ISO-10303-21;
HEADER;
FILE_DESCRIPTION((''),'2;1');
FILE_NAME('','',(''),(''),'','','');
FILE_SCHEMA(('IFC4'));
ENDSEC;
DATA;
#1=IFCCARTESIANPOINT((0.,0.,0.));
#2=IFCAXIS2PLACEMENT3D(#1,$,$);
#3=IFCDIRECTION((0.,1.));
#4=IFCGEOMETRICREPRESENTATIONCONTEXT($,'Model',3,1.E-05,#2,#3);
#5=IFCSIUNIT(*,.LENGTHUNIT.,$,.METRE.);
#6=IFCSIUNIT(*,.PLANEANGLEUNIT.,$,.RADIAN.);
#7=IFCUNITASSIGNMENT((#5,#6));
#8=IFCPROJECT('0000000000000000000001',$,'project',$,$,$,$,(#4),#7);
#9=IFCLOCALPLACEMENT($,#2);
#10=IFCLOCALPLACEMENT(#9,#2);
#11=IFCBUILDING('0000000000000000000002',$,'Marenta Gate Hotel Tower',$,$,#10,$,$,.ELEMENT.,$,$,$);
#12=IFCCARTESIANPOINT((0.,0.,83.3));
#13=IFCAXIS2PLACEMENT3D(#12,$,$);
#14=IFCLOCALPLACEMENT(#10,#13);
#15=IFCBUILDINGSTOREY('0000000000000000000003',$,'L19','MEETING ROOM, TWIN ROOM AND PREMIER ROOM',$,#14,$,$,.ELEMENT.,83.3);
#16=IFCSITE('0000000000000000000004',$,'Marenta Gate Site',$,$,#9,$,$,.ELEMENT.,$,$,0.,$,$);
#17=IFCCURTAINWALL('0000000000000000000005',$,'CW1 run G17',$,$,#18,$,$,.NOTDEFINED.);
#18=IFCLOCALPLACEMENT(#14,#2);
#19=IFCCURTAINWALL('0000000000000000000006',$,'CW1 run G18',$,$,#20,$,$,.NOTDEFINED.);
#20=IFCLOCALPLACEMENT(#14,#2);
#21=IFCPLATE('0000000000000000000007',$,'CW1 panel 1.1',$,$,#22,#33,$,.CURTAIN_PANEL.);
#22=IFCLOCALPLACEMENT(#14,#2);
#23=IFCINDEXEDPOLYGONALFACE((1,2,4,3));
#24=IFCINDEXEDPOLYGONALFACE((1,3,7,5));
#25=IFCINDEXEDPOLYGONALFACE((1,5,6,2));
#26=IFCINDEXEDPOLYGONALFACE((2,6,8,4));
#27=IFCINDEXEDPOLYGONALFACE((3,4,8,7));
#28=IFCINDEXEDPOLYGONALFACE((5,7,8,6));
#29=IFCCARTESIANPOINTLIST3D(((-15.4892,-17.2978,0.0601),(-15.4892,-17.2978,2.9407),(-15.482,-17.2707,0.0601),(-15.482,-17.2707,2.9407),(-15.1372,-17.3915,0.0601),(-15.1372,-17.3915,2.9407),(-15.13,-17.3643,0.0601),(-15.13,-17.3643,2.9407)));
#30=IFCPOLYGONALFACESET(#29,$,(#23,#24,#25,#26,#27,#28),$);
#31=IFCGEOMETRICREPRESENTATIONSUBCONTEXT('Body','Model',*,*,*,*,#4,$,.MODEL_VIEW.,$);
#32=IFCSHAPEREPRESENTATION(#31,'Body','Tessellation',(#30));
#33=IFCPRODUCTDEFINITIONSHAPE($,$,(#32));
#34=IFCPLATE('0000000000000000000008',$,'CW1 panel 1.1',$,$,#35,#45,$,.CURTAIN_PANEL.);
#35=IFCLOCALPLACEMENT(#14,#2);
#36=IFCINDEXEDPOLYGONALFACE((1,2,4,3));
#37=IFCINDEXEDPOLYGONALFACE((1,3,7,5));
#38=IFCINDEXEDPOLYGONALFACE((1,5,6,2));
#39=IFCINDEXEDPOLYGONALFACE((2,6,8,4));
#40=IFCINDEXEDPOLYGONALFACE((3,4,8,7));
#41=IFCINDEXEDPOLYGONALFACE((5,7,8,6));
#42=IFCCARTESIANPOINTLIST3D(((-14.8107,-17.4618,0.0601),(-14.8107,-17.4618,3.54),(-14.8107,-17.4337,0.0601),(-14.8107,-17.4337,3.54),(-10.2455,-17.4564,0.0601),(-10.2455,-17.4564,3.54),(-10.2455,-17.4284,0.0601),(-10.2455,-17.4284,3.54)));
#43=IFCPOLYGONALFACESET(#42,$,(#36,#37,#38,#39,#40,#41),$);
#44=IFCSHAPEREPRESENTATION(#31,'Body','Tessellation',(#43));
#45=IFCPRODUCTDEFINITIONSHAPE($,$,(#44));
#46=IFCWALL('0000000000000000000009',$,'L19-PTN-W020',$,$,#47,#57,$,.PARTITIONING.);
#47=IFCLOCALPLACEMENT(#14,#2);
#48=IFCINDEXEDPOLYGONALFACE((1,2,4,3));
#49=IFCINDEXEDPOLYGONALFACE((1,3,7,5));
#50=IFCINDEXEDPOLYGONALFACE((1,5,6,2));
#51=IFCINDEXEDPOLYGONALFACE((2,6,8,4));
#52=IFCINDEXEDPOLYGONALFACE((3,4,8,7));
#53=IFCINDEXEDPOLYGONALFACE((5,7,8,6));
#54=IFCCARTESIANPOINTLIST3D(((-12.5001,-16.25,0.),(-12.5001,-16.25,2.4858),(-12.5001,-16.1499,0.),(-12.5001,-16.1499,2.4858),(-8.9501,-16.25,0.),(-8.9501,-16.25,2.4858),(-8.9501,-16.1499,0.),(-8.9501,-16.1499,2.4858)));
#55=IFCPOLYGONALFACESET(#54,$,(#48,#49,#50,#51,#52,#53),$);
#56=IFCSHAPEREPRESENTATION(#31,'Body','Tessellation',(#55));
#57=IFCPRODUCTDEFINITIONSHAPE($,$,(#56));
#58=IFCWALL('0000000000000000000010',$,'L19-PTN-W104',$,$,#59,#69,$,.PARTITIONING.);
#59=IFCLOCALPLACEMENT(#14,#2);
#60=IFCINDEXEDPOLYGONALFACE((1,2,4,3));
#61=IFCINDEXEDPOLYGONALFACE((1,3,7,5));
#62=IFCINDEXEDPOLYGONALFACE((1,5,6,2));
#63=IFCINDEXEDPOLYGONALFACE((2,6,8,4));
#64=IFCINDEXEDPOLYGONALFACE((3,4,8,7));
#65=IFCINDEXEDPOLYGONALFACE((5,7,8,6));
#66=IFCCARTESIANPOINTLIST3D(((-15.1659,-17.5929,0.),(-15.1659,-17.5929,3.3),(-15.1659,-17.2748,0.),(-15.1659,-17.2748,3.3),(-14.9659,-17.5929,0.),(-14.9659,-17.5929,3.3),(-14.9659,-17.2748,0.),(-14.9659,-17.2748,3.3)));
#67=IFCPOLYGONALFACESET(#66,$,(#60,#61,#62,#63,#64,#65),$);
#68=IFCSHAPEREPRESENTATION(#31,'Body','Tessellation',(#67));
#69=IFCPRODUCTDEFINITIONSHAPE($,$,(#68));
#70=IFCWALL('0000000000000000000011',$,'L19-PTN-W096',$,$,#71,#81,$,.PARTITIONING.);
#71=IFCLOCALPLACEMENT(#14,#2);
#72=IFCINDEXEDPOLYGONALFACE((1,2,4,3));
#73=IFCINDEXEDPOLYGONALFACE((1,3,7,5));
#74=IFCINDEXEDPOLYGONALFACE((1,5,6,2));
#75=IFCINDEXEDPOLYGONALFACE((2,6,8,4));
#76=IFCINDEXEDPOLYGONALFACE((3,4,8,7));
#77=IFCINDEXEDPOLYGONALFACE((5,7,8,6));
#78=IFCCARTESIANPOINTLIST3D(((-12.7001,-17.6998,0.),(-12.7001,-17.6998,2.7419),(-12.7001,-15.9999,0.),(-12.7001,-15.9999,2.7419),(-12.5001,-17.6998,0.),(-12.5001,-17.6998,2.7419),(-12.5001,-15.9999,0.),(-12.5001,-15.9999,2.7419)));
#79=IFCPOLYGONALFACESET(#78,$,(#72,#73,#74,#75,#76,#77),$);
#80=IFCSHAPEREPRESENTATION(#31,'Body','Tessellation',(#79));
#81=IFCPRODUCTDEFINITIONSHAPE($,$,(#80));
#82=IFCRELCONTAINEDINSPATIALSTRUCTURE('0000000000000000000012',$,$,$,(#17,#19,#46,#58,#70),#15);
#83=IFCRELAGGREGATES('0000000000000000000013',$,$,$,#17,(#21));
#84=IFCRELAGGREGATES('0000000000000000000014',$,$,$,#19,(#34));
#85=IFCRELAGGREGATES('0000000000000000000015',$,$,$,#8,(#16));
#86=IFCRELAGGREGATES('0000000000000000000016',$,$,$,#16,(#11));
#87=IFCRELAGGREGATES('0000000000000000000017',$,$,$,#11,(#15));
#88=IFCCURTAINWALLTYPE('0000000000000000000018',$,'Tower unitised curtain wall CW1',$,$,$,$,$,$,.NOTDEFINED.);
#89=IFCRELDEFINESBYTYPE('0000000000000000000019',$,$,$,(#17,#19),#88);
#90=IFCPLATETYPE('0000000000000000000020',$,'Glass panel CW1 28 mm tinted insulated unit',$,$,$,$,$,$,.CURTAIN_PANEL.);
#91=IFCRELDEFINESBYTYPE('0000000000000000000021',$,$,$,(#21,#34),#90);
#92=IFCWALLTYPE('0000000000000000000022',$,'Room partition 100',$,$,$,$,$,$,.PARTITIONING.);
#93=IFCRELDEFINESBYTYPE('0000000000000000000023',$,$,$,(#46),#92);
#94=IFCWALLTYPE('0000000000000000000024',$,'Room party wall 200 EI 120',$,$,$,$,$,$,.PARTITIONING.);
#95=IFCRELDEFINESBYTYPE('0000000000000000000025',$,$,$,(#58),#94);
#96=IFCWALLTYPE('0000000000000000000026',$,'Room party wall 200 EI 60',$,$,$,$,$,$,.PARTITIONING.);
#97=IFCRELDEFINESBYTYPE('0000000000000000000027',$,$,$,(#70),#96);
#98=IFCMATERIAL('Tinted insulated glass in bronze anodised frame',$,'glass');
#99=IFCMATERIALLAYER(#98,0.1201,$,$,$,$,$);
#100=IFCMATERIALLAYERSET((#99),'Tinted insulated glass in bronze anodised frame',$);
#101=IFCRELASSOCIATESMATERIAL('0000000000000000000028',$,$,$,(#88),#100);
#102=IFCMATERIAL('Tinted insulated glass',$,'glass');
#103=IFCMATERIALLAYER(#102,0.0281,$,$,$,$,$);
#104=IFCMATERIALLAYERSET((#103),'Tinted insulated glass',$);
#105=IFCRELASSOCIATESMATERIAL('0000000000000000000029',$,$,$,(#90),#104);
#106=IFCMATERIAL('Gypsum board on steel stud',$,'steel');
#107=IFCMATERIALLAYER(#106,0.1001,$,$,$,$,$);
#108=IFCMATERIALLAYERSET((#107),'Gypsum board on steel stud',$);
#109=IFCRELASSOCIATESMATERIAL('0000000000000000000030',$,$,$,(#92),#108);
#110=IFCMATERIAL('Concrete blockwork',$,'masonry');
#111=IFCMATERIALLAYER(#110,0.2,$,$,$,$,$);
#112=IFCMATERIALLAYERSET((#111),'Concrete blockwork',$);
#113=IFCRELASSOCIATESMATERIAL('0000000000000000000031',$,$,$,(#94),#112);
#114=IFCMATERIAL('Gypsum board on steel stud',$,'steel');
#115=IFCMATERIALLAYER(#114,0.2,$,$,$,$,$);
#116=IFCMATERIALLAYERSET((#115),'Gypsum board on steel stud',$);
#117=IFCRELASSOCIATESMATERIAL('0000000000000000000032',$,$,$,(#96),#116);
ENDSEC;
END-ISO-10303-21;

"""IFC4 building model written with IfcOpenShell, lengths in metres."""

from ifc_helpers import new_model, si_unit, direction, frame, frame_2d, origin, origin_2d, place, context, subcontext, project, spatial, rectangle, extrude, material, layer, layer_set, type_object, element, aggregate, save


model = new_model("IFC4")

# Units and contexts
model_context = context("Model", 3, precision=1e-05, world=origin(), true_north=direction((0.0, 1.0)))
body_context = subcontext(model_context, "Body", "Model", "MODEL_VIEW")
ifc_project = project(units=[si_unit("LENGTHUNIT", "METRE"), si_unit("PLANEANGLEUNIT", "RADIAN")], contexts=[model_context])

# Site, building, storey
site_placement = place(None, origin())
site = spatial("IfcSite", under=ifc_project, at=site_placement, Name="Marenta Gate Site", CompositionType="ELEMENT", RefElevation=0.0)
building_placement = place(site_placement, origin())
building = spatial("IfcBuilding", under=site, at=building_placement, Name="Marenta Gate Hotel Tower", CompositionType="ELEMENT")
storey_placement = place(building_placement, frame((0.0, 0.0, 83.3)))
storey = spatial("IfcBuildingStorey", under=building, at=storey_placement, Name="L19", Description="MEETING ROOM, TWIN ROOM AND PREMIER ROOM", CompositionType="ELEMENT", Elevation=83.3)

# Curtain wall
ifc_material_1 = material(Name="Tinted insulated glass in bronze anodised frame", Category="glass")
ifc_layer_1 = layer(ifc_material_1, 0.1201)
ifc_layer_set_1 = layer_set([ifc_layer_1], Name="Tinted insulated glass in bronze anodised frame")
curtain_wall_type = type_object("IfcCurtainWallType", Name="Tower unitised curtain wall CW1", PredefinedType="NOTDEFINED", material=ifc_layer_set_1)
curtain_wall_1_placement = place(storey_placement, origin())
curtain_wall_1 = element("IfcCurtainWall", 1, at=curtain_wall_1_placement, inside=storey, type_object=curtain_wall_type, Name="CW1 run G17", PredefinedType="NOTDEFINED")

# Curtain wall
curtain_wall_2_placement = place(storey_placement, origin())
curtain_wall_2 = element("IfcCurtainWall", 2, at=curtain_wall_2_placement, inside=storey, type_object=curtain_wall_type, Name="CW1 run G18", PredefinedType="NOTDEFINED")

# Plates
ifc_material_2 = material(Name="Tinted insulated glass", Category="glass")
ifc_layer_2 = layer(ifc_material_2, 0.0281)
ifc_layer_set_2 = layer_set([ifc_layer_2], Name="Tinted insulated glass")
plate_type = type_object("IfcPlateType", Name="Glass panel CW1 28 mm tinted insulated unit", PredefinedType="CURTAIN_PANEL", material=ifc_layer_set_2)
plate_1_placement = place(storey_placement, frame((-15.3096, -17.3311, 0.0601), z_axis=(0.0, 0.0, 1.0), x_axis=(0.966375, -0.257136, 0.0)))
plate_1 = element("IfcPlate", 3, at=plate_1_placement, type_object=plate_type, Name="CW1 panel 1.1", PredefinedType="CURTAIN_PANEL", context=body_context, shape_type="SweptSolid", body=[
    extrude(rectangle(XDim=0.3643, YDim=0.0281, at=origin_2d()), origin(), (0.0, 0.0, 1.0), 2.8806),
])
aggregate(curtain_wall_1, [plate_1])
plate_2_placement = place(storey_placement, frame((-12.5281, -17.4451, 0.0601), z_axis=(0.0, 0.0, 1.0), x_axis=(0.999999, 0.001168, 0.0)))
plate_2 = element("IfcPlate", 4, at=plate_2_placement, type_object=plate_type, Name="CW1 panel 1.1", PredefinedType="CURTAIN_PANEL", context=body_context, shape_type="SweptSolid", body=[
    extrude(rectangle(XDim=4.5652, YDim=0.0281, at=origin_2d()), origin(), (0.0, 0.0, 1.0), 3.48),
])
aggregate(curtain_wall_2, [plate_2])

# Walls
ifc_material_3 = material(Name="Gypsum board on steel stud", Category="steel")
ifc_layer_3 = layer(ifc_material_3, 0.1001)
ifc_layer_set_3 = layer_set([ifc_layer_3], Name="Gypsum board on steel stud")
wall_type_1 = type_object("IfcWallType", Name="Room partition 100", PredefinedType="PARTITIONING", material=ifc_layer_set_3)
wall_1_placement = place(storey_placement, frame((-12.5, -16.2, 0.0), z_axis=(0.0, 0.0, 1.0), x_axis=(1.0, 0.0, 0.0)))
element("IfcWall", 5, at=wall_1_placement, inside=storey, type_object=wall_type_1, Name="L19-PTN-W020", PredefinedType="PARTITIONING", context=body_context, shape_type="SweptSolid", body=[
    extrude(rectangle(XDim=3.55, YDim=0.1001, at=frame_2d((1.7749, 0.0))), origin(), (0.0, 0.0, 1.0), 2.4858),
])
ifc_material_4 = material(Name="Concrete blockwork", Category="masonry")
ifc_layer_4 = layer(ifc_material_4, 0.2)
ifc_layer_set_4 = layer_set([ifc_layer_4], Name="Concrete blockwork")
wall_type_2 = type_object("IfcWallType", Name="Room party wall 200 EI 120", PredefinedType="PARTITIONING", material=ifc_layer_set_4)
wall_2_placement = place(storey_placement, frame((-15.0659, -17.593, 0.0), z_axis=(0.0, 0.0, 1.0), x_axis=(0.0, 1.0, 0.0)))
element("IfcWall", 6, at=wall_2_placement, inside=storey, type_object=wall_type_2, Name="L19-PTN-W104", PredefinedType="PARTITIONING", context=body_context, shape_type="SweptSolid", body=[
    extrude(rectangle(XDim=0.3181, YDim=0.2, at=frame_2d((0.1592, 0.0))), origin(), (0.0, 0.0, 1.0), 3.3),
])
ifc_material_5 = material(Name="Gypsum board on steel stud", Category="steel")
ifc_layer_5 = layer(ifc_material_5, 0.2)
ifc_layer_set_5 = layer_set([ifc_layer_5], Name="Gypsum board on steel stud")
wall_type_3 = type_object("IfcWallType", Name="Room party wall 200 EI 60", PredefinedType="PARTITIONING", material=ifc_layer_set_5)
wall_3_placement = place(storey_placement, frame((-12.6001, -17.7, 0.0), z_axis=(0.0, 0.0, 1.0), x_axis=(0.0, 1.0, 0.0)))
element("IfcWall", 7, at=wall_3_placement, inside=storey, type_object=wall_type_3, Name="L19-PTN-W096", PredefinedType="PARTITIONING", context=body_context, shape_type="SweptSolid", body=[
    extrude(rectangle(XDim=1.7, YDim=0.2, at=frame_2d((0.8501, 0.0))), origin(), (0.0, 0.0, 1.0), 2.7419),
])

save(model, "model.ifc")
